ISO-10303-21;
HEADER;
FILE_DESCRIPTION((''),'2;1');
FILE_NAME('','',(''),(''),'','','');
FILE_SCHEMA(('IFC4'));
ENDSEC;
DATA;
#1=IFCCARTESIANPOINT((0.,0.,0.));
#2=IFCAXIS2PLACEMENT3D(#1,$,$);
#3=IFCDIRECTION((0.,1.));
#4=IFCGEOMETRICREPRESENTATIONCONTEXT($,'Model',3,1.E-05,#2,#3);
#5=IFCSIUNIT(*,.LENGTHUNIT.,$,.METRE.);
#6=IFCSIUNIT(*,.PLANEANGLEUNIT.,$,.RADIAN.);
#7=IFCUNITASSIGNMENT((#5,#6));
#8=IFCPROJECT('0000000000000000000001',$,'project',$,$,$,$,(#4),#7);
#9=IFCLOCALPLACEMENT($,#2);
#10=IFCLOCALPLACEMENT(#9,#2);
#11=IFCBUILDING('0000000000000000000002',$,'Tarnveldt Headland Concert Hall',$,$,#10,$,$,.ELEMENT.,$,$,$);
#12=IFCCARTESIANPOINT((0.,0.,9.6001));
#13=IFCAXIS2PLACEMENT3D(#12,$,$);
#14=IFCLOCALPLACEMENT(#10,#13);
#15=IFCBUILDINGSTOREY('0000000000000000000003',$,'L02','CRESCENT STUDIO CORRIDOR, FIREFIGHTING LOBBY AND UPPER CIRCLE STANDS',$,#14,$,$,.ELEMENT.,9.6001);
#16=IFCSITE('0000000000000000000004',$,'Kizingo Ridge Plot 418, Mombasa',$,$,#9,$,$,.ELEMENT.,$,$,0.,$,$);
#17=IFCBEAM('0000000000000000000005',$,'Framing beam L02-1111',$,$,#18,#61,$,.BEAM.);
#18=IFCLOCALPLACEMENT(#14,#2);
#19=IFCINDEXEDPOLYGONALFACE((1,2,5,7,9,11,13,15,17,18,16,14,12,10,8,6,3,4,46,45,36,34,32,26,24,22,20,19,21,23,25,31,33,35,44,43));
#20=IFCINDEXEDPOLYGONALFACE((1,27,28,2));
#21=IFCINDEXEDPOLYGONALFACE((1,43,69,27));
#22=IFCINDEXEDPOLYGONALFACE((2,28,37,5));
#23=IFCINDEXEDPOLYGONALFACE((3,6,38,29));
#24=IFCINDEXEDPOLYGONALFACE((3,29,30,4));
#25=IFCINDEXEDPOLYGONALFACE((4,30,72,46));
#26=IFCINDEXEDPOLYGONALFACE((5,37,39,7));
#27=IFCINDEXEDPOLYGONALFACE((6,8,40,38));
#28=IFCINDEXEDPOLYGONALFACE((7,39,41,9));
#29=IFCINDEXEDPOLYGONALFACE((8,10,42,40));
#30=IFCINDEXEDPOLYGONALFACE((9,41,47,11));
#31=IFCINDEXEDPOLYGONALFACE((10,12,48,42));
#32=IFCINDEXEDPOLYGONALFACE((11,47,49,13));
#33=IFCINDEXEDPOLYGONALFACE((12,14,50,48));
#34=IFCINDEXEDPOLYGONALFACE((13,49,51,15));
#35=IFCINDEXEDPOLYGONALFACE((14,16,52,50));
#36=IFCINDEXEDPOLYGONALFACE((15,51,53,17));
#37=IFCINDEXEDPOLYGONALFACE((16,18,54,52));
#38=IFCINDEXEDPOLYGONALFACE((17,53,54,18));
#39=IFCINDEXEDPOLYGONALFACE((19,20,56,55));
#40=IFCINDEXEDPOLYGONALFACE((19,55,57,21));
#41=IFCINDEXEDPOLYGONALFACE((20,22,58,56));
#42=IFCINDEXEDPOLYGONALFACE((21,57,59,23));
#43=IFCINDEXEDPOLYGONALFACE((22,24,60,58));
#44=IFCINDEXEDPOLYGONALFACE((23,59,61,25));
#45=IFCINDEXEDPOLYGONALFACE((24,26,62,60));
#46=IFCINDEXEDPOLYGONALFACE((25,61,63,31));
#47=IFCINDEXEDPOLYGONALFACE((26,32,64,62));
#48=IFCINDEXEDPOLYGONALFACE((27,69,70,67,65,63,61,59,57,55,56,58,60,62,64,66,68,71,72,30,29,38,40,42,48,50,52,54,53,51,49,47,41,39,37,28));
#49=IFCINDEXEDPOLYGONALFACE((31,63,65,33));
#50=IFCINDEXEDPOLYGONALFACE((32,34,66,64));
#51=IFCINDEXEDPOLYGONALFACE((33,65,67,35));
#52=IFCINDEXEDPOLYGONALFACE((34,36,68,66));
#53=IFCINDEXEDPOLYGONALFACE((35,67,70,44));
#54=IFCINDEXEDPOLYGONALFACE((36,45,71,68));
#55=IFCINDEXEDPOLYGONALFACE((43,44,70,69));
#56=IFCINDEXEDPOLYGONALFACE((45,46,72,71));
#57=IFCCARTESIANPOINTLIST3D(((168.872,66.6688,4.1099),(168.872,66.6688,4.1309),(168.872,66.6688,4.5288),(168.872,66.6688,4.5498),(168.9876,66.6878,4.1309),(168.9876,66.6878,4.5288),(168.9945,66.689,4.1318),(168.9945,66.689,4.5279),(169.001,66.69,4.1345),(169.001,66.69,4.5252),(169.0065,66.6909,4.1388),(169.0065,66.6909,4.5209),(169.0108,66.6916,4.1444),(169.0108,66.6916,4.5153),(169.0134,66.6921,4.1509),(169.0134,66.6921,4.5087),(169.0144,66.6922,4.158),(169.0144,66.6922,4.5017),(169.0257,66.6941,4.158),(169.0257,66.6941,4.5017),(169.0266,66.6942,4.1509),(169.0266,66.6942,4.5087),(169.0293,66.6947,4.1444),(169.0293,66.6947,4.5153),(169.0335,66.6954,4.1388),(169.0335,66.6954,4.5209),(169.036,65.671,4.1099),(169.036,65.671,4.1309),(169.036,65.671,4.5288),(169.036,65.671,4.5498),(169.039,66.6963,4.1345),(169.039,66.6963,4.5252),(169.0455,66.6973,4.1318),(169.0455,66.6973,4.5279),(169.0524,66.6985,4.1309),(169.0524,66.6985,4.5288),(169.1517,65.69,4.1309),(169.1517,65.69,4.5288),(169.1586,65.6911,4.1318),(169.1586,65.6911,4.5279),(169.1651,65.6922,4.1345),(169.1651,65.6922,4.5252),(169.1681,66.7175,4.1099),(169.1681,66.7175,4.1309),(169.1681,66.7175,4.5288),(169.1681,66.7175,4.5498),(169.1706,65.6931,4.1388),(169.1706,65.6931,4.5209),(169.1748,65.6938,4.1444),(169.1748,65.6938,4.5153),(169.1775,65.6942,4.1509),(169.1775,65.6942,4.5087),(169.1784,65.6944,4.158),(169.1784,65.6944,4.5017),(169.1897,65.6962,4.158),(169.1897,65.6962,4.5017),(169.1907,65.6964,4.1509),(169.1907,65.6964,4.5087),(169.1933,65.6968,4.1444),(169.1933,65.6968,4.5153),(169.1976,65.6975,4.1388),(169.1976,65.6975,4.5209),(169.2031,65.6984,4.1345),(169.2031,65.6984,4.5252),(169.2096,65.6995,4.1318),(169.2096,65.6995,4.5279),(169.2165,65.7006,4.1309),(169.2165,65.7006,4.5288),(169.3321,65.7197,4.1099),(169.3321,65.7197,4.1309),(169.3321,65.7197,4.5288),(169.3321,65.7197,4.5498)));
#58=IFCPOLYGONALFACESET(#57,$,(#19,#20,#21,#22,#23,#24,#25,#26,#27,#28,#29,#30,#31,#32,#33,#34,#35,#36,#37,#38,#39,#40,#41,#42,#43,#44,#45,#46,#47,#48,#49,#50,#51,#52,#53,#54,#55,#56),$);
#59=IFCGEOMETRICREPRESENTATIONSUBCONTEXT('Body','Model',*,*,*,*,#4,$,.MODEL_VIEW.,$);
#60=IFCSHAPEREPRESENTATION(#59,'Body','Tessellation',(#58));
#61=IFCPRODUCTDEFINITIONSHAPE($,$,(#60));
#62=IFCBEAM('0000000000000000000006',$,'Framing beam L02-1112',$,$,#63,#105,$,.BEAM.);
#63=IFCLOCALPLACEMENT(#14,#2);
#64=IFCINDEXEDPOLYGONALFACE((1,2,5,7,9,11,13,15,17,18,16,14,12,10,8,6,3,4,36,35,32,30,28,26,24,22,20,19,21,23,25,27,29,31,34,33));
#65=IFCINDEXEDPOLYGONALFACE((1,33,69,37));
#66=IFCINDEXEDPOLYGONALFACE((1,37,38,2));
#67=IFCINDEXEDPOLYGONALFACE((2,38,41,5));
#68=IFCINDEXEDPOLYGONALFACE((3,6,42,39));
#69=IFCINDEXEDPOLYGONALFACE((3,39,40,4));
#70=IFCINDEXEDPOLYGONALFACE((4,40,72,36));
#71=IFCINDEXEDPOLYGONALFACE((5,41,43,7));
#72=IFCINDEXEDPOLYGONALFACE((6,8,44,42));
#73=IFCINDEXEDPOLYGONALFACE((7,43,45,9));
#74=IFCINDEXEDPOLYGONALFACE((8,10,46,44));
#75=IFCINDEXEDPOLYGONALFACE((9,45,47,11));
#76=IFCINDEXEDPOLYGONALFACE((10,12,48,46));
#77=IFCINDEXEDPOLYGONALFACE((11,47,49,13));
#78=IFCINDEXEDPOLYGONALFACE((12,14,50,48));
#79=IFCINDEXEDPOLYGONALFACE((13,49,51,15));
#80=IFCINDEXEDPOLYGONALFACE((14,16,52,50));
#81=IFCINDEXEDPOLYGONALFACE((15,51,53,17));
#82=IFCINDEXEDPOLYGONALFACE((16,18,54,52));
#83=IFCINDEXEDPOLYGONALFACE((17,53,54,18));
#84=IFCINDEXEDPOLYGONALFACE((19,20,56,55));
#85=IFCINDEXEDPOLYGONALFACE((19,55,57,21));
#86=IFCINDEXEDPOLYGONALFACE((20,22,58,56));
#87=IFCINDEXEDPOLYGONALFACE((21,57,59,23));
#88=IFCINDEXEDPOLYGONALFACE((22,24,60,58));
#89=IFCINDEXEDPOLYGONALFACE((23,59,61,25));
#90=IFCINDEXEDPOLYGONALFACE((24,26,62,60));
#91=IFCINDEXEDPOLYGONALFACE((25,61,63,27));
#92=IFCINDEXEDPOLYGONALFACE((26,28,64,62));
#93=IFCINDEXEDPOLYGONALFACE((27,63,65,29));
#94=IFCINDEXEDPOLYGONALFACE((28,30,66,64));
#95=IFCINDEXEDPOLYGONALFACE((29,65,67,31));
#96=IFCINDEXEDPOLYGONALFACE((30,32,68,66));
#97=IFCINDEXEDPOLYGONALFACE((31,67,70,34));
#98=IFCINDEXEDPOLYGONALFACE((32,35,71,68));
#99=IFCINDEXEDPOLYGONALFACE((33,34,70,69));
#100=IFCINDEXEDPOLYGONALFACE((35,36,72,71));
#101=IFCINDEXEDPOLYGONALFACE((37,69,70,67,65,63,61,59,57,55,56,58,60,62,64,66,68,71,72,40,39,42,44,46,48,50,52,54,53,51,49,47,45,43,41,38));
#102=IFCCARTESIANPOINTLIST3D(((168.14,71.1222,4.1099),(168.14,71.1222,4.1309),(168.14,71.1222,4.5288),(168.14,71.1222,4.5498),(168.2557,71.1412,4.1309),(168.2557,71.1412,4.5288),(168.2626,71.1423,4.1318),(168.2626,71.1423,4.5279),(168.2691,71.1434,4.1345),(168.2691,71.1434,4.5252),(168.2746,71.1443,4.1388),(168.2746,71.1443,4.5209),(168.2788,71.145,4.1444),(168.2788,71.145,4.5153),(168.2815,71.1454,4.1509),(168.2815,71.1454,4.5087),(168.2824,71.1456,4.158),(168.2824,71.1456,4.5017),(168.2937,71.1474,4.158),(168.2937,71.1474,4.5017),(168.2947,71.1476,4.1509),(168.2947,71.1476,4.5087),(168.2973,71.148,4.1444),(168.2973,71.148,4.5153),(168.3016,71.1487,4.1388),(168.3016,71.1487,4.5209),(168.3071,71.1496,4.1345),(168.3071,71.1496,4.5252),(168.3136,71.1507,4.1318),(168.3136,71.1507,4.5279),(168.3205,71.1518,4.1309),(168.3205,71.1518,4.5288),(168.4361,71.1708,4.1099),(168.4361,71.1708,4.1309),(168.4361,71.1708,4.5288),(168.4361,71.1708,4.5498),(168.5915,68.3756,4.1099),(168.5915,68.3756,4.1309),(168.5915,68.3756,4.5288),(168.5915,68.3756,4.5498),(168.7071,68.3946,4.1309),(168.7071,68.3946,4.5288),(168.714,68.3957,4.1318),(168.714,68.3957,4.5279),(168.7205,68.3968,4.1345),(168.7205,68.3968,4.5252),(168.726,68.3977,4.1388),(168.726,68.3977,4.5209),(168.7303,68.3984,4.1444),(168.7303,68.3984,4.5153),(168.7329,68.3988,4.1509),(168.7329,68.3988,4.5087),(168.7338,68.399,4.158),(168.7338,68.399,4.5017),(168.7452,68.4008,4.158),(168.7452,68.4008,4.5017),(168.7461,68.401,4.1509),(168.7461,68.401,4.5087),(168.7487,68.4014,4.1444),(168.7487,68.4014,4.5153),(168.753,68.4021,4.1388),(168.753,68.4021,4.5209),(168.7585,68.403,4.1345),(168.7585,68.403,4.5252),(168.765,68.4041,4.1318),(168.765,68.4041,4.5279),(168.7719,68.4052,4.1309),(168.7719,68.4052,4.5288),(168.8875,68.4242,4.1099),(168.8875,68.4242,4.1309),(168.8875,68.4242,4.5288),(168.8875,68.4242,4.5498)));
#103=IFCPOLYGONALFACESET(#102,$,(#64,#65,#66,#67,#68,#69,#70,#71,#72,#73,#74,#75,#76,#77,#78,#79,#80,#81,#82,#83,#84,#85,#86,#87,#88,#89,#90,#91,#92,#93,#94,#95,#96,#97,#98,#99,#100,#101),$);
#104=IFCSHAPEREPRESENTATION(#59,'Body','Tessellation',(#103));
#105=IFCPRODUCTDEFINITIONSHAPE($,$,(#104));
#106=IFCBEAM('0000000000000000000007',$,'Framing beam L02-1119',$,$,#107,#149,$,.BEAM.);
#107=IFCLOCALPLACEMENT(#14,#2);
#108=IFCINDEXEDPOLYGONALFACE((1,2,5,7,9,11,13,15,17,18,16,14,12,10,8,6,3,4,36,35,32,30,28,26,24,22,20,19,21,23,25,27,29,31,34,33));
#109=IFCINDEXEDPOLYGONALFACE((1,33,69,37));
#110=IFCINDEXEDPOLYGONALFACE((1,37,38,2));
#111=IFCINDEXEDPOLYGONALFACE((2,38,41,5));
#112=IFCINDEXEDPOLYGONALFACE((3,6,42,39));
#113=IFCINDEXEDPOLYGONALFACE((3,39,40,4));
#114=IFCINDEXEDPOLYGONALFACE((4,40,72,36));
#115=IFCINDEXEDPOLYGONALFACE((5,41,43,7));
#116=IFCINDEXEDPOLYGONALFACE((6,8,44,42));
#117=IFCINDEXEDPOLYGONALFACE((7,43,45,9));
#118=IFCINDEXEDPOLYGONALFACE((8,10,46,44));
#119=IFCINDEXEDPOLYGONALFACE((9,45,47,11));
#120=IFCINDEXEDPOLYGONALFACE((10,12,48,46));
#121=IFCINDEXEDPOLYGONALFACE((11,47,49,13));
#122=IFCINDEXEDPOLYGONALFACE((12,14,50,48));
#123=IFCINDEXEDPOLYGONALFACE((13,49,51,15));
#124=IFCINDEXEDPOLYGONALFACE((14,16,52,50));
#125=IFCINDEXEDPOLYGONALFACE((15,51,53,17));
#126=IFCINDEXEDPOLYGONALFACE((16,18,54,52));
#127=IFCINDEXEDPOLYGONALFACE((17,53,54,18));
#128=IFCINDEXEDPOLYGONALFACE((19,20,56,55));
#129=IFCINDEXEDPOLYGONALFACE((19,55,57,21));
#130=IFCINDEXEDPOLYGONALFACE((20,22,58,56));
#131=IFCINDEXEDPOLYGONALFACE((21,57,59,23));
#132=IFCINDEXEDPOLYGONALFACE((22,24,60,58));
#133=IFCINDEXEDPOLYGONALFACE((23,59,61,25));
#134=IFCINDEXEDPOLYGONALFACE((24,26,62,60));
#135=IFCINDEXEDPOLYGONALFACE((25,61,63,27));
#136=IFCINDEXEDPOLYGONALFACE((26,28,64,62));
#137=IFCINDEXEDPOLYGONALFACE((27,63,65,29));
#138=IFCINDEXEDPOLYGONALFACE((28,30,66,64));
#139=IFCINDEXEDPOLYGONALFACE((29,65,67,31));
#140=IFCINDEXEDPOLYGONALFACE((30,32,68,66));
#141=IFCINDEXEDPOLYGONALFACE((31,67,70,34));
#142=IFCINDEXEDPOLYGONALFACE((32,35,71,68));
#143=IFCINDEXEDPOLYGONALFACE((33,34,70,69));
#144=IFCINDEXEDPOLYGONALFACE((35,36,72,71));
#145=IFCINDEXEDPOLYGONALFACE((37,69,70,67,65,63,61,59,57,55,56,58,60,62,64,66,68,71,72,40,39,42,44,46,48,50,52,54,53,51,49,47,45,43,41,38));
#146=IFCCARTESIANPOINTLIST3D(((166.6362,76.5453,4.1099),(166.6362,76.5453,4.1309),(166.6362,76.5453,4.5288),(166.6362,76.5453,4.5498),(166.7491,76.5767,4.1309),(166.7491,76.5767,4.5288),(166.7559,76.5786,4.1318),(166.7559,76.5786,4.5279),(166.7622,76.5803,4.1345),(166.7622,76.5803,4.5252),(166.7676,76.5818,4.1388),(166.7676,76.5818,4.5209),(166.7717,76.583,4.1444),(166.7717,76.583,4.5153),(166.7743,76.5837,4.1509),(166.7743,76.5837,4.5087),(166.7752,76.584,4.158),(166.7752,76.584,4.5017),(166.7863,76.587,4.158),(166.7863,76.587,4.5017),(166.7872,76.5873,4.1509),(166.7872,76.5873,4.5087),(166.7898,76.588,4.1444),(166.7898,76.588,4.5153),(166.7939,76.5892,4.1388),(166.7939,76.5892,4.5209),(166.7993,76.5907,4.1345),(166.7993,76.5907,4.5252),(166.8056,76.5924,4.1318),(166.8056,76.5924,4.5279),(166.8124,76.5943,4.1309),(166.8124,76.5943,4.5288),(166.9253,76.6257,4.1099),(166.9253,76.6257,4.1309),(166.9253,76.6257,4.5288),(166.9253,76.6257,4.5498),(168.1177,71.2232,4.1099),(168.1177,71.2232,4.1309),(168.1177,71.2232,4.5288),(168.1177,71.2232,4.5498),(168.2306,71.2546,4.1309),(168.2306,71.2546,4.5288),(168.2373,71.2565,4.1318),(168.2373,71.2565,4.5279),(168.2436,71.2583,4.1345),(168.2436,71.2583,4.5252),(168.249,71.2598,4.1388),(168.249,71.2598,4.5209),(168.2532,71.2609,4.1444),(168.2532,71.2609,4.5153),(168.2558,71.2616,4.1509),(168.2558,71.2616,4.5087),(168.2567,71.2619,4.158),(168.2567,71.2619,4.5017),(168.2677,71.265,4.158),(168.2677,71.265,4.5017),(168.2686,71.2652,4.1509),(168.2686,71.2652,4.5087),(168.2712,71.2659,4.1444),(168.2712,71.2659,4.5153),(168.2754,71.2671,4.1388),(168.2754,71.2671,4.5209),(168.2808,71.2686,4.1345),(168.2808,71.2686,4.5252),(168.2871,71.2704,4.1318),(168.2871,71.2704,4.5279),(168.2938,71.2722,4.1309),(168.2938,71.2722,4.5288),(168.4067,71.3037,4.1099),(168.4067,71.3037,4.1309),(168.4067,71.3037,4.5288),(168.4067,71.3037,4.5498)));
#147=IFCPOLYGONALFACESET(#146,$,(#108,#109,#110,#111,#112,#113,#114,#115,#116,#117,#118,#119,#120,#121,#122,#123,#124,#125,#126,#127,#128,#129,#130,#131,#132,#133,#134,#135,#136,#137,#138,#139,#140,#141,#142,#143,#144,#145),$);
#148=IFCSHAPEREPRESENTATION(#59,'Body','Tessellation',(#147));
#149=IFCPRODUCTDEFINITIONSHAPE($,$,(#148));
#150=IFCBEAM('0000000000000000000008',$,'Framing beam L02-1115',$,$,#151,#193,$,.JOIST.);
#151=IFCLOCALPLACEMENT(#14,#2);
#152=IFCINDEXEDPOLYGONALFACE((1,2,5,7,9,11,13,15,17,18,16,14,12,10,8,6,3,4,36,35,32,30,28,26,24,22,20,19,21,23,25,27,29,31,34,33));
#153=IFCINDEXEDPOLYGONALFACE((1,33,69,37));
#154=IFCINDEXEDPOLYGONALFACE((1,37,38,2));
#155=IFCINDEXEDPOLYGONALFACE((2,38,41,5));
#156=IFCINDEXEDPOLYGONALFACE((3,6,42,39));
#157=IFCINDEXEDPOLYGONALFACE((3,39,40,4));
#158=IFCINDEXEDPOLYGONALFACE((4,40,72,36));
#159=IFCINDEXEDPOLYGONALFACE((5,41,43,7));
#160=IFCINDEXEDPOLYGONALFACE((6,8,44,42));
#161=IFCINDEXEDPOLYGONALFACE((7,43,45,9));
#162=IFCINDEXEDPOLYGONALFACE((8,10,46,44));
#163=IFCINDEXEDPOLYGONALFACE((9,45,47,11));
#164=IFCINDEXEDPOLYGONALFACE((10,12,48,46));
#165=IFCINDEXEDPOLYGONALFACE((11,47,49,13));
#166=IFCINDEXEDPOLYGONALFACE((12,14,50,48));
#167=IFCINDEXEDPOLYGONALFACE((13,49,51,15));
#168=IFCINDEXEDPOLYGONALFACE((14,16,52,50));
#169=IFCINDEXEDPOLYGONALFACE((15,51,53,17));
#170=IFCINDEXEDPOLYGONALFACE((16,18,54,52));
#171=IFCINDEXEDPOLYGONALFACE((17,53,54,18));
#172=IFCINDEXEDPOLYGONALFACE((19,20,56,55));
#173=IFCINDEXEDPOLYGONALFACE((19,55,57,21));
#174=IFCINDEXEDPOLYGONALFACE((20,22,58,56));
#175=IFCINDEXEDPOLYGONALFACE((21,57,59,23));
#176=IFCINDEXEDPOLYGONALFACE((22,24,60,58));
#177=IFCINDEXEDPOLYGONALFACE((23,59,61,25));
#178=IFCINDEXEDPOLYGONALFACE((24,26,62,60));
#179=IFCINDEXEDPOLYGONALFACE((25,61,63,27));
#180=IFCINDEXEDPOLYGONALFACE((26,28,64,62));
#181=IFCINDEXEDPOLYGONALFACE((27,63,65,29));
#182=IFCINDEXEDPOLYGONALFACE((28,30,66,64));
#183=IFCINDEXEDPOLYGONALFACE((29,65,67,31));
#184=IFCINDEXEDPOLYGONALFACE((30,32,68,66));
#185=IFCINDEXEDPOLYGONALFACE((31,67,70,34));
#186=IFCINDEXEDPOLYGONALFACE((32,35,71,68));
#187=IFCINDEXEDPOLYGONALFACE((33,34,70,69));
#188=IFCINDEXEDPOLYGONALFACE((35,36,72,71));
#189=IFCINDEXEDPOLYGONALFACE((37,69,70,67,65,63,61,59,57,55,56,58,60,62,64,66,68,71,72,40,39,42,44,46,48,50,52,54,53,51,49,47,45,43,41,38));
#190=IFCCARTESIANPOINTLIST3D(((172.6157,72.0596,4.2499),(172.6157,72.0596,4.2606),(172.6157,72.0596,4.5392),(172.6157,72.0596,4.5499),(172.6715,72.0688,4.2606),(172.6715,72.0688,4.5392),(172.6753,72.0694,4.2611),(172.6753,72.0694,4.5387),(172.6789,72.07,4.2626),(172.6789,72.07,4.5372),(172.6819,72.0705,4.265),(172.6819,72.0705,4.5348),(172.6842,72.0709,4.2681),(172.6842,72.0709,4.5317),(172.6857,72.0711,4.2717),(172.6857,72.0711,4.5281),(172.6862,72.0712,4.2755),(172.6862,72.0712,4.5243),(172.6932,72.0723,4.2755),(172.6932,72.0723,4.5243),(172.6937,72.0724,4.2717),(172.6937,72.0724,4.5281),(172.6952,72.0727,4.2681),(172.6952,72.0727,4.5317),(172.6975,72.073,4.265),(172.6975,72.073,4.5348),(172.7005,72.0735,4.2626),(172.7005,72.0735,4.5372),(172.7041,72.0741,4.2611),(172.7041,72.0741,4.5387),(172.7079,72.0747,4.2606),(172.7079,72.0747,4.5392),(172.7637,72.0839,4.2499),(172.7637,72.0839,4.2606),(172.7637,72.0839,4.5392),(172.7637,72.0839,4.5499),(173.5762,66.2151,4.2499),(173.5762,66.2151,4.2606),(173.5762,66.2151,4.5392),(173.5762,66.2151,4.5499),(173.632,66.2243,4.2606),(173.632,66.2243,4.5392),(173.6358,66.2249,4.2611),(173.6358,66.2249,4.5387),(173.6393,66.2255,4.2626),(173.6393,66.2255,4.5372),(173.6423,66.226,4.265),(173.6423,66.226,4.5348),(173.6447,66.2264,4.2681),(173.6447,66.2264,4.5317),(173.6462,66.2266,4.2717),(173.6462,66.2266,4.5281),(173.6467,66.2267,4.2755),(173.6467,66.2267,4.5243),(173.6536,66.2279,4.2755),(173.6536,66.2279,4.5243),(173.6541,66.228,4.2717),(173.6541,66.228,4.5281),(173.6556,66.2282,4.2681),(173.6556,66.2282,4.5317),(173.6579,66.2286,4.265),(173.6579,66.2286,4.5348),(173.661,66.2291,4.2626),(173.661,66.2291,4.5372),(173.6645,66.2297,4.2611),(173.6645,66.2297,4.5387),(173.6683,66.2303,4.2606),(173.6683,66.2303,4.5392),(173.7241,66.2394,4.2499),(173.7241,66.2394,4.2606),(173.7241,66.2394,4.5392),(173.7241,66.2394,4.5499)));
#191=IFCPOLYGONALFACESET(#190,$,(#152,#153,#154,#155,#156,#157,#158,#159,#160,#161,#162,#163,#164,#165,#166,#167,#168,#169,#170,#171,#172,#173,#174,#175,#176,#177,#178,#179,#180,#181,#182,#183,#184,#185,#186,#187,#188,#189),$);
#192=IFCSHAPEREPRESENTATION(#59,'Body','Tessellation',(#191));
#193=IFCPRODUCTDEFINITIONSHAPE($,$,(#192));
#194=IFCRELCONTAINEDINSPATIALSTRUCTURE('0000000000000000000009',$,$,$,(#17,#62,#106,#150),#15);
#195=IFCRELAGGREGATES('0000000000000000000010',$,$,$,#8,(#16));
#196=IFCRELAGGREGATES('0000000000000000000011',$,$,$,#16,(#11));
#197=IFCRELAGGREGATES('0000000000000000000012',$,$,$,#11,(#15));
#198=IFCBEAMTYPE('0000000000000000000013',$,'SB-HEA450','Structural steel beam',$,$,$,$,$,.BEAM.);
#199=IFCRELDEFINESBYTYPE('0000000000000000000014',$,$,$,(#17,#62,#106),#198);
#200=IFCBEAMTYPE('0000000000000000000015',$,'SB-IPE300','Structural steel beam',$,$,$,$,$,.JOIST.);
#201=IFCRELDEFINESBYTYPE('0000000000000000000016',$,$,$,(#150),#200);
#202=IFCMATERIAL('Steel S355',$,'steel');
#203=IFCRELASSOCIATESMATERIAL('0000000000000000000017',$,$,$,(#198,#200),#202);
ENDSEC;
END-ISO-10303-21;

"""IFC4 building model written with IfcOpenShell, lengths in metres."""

from ifc_helpers import new_model, si_unit, direction, frame, origin, origin_2d, place, context, subcontext, project, spatial, i_section, extrude, material, material_profile, profile_set, type_object, element, save


model = new_model("IFC4")

# Units and contexts
model_context = context("Model", 3, precision=1e-05, world=origin(), true_north=direction((0.0, 1.0)))
body_context = subcontext(model_context, "Body", "Model", "MODEL_VIEW")
ifc_project = project(units=[si_unit("LENGTHUNIT", "METRE"), si_unit("PLANEANGLEUNIT", "RADIAN")], contexts=[model_context])

# Site, building, storey
site_placement = place(None, origin())
site = spatial("IfcSite", under=ifc_project, at=site_placement, Name="Kizingo Ridge Plot 418, Mombasa", CompositionType="ELEMENT", RefElevation=0.0)
building_placement = place(site_placement, origin())
building = spatial("IfcBuilding", under=site, at=building_placement, Name="Tarnveldt Headland Concert Hall", CompositionType="ELEMENT")
storey_placement = place(building_placement, frame((0.0, 0.0, 9.6001)))
storey = spatial("IfcBuildingStorey", under=building, at=storey_placement, Name="L02", Description="CRESCENT STUDIO CORRIDOR, FIREFIGHTING LOBBY AND UPPER CIRCLE STANDS", CompositionType="ELEMENT", Elevation=9.6001)

# Shared definitions
ifc_material_1 = material(Name="Steel S355", Category="steel")

# Beams
ifc_material_profile_1 = material_profile(ifc_material_1, i_section(OverallWidth=0.3, OverallDepth=0.4399, WebThickness=0.0115, FlangeThickness=0.021, FilletRadius=0.0271, at=origin_2d()), Name="HEA450", Category="steel")
ifc_profile_set_1 = profile_set([ifc_material_profile_1], Name="Steel S355")
beam_type_1 = type_object("IfcBeamType", Name="SB-HEA450", Description="Structural steel beam", PredefinedType="BEAM", material=ifc_profile_set_1)
beam_1_placement = place(storey_placement, frame((169.1841, 65.6953, 4.3298), z_axis=(-0.162245, 0.98675, 0.0), x_axis=(-0.98675, -0.162245, 0.0)))
element("IfcBeam", 1, at=beam_1_placement, inside=storey, type_object=beam_type_1, Name="Framing beam L02-1111", PredefinedType="BEAM", context=body_context, shape_type="SweptSolid", body=[
    extrude(i_section(OverallWidth=0.3, OverallDepth=0.4399, WebThickness=0.0115, FlangeThickness=0.021, FilletRadius=0.0271, at=origin_2d()), origin(), (0.0, 0.0, 1.0), 1.0112),
])
beam_2_placement = place(storey_placement, frame((168.7395, 68.3999, 4.3298), z_axis=(-0.16218, 0.986761, 0.0), x_axis=(-0.986761, -0.16218, 0.0)))
element("IfcBeam", 2, at=beam_2_placement, inside=storey, type_object=beam_type_1, Name="Framing beam L02-1112", PredefinedType="BEAM", context=body_context, shape_type="SweptSolid", body=[
    extrude(i_section(OverallWidth=0.3, OverallDepth=0.4399, WebThickness=0.0115, FlangeThickness=0.021, FilletRadius=0.0271, at=origin_2d()), origin(), (0.0, 0.0, 1.0), 2.7834),
])
beam_3_placement = place(storey_placement, frame((168.2622, 71.2634, 4.3298), z_axis=(-0.268166, 0.963373, 0.0), x_axis=(-0.963373, -0.268166, 0.0)))
element("IfcBeam", 3, at=beam_3_placement, inside=storey, type_object=beam_type_1, Name="Framing beam L02-1119", PredefinedType="BEAM", context=body_context, shape_type="SweptSolid", body=[
    extrude(i_section(OverallWidth=0.3, OverallDepth=0.4399, WebThickness=0.0115, FlangeThickness=0.021, FilletRadius=0.0271, at=origin_2d()), origin(), (0.0, 0.0, 1.0), 5.5244),
])
ifc_material_profile_2 = material_profile(ifc_material_1, i_section(OverallWidth=0.1499, OverallDepth=0.3, WebThickness=0.0071, FlangeThickness=0.0107, FilletRadius=0.0149, at=origin_2d()), Name="IPE300", Category="steel")
ifc_profile_set_2 = profile_set([ifc_material_profile_2], Name="Steel S355")
beam_type_2 = type_object("IfcBeamType", Name="SB-IPE300", Description="Structural steel beam", PredefinedType="JOIST", material=ifc_profile_set_2)
beam_4_placement = place(storey_placement, frame((173.6501, 66.2273, 4.3999), z_axis=(-0.162159, 0.986765, 0.0), x_axis=(-0.986765, -0.162159, 0.0)))
element("IfcBeam", 4, at=beam_4_placement, inside=storey, type_object=beam_type_2, Name="Framing beam L02-1115", PredefinedType="JOIST", context=body_context, shape_type="SweptSolid", body=[
    extrude(i_section(OverallWidth=0.1499, OverallDepth=0.3, WebThickness=0.0071, FlangeThickness=0.0107, FilletRadius=0.0149, at=origin_2d()), origin(), (0.0, 0.0, 1.0), 5.9229),
])

save(model, "model.ifc")
